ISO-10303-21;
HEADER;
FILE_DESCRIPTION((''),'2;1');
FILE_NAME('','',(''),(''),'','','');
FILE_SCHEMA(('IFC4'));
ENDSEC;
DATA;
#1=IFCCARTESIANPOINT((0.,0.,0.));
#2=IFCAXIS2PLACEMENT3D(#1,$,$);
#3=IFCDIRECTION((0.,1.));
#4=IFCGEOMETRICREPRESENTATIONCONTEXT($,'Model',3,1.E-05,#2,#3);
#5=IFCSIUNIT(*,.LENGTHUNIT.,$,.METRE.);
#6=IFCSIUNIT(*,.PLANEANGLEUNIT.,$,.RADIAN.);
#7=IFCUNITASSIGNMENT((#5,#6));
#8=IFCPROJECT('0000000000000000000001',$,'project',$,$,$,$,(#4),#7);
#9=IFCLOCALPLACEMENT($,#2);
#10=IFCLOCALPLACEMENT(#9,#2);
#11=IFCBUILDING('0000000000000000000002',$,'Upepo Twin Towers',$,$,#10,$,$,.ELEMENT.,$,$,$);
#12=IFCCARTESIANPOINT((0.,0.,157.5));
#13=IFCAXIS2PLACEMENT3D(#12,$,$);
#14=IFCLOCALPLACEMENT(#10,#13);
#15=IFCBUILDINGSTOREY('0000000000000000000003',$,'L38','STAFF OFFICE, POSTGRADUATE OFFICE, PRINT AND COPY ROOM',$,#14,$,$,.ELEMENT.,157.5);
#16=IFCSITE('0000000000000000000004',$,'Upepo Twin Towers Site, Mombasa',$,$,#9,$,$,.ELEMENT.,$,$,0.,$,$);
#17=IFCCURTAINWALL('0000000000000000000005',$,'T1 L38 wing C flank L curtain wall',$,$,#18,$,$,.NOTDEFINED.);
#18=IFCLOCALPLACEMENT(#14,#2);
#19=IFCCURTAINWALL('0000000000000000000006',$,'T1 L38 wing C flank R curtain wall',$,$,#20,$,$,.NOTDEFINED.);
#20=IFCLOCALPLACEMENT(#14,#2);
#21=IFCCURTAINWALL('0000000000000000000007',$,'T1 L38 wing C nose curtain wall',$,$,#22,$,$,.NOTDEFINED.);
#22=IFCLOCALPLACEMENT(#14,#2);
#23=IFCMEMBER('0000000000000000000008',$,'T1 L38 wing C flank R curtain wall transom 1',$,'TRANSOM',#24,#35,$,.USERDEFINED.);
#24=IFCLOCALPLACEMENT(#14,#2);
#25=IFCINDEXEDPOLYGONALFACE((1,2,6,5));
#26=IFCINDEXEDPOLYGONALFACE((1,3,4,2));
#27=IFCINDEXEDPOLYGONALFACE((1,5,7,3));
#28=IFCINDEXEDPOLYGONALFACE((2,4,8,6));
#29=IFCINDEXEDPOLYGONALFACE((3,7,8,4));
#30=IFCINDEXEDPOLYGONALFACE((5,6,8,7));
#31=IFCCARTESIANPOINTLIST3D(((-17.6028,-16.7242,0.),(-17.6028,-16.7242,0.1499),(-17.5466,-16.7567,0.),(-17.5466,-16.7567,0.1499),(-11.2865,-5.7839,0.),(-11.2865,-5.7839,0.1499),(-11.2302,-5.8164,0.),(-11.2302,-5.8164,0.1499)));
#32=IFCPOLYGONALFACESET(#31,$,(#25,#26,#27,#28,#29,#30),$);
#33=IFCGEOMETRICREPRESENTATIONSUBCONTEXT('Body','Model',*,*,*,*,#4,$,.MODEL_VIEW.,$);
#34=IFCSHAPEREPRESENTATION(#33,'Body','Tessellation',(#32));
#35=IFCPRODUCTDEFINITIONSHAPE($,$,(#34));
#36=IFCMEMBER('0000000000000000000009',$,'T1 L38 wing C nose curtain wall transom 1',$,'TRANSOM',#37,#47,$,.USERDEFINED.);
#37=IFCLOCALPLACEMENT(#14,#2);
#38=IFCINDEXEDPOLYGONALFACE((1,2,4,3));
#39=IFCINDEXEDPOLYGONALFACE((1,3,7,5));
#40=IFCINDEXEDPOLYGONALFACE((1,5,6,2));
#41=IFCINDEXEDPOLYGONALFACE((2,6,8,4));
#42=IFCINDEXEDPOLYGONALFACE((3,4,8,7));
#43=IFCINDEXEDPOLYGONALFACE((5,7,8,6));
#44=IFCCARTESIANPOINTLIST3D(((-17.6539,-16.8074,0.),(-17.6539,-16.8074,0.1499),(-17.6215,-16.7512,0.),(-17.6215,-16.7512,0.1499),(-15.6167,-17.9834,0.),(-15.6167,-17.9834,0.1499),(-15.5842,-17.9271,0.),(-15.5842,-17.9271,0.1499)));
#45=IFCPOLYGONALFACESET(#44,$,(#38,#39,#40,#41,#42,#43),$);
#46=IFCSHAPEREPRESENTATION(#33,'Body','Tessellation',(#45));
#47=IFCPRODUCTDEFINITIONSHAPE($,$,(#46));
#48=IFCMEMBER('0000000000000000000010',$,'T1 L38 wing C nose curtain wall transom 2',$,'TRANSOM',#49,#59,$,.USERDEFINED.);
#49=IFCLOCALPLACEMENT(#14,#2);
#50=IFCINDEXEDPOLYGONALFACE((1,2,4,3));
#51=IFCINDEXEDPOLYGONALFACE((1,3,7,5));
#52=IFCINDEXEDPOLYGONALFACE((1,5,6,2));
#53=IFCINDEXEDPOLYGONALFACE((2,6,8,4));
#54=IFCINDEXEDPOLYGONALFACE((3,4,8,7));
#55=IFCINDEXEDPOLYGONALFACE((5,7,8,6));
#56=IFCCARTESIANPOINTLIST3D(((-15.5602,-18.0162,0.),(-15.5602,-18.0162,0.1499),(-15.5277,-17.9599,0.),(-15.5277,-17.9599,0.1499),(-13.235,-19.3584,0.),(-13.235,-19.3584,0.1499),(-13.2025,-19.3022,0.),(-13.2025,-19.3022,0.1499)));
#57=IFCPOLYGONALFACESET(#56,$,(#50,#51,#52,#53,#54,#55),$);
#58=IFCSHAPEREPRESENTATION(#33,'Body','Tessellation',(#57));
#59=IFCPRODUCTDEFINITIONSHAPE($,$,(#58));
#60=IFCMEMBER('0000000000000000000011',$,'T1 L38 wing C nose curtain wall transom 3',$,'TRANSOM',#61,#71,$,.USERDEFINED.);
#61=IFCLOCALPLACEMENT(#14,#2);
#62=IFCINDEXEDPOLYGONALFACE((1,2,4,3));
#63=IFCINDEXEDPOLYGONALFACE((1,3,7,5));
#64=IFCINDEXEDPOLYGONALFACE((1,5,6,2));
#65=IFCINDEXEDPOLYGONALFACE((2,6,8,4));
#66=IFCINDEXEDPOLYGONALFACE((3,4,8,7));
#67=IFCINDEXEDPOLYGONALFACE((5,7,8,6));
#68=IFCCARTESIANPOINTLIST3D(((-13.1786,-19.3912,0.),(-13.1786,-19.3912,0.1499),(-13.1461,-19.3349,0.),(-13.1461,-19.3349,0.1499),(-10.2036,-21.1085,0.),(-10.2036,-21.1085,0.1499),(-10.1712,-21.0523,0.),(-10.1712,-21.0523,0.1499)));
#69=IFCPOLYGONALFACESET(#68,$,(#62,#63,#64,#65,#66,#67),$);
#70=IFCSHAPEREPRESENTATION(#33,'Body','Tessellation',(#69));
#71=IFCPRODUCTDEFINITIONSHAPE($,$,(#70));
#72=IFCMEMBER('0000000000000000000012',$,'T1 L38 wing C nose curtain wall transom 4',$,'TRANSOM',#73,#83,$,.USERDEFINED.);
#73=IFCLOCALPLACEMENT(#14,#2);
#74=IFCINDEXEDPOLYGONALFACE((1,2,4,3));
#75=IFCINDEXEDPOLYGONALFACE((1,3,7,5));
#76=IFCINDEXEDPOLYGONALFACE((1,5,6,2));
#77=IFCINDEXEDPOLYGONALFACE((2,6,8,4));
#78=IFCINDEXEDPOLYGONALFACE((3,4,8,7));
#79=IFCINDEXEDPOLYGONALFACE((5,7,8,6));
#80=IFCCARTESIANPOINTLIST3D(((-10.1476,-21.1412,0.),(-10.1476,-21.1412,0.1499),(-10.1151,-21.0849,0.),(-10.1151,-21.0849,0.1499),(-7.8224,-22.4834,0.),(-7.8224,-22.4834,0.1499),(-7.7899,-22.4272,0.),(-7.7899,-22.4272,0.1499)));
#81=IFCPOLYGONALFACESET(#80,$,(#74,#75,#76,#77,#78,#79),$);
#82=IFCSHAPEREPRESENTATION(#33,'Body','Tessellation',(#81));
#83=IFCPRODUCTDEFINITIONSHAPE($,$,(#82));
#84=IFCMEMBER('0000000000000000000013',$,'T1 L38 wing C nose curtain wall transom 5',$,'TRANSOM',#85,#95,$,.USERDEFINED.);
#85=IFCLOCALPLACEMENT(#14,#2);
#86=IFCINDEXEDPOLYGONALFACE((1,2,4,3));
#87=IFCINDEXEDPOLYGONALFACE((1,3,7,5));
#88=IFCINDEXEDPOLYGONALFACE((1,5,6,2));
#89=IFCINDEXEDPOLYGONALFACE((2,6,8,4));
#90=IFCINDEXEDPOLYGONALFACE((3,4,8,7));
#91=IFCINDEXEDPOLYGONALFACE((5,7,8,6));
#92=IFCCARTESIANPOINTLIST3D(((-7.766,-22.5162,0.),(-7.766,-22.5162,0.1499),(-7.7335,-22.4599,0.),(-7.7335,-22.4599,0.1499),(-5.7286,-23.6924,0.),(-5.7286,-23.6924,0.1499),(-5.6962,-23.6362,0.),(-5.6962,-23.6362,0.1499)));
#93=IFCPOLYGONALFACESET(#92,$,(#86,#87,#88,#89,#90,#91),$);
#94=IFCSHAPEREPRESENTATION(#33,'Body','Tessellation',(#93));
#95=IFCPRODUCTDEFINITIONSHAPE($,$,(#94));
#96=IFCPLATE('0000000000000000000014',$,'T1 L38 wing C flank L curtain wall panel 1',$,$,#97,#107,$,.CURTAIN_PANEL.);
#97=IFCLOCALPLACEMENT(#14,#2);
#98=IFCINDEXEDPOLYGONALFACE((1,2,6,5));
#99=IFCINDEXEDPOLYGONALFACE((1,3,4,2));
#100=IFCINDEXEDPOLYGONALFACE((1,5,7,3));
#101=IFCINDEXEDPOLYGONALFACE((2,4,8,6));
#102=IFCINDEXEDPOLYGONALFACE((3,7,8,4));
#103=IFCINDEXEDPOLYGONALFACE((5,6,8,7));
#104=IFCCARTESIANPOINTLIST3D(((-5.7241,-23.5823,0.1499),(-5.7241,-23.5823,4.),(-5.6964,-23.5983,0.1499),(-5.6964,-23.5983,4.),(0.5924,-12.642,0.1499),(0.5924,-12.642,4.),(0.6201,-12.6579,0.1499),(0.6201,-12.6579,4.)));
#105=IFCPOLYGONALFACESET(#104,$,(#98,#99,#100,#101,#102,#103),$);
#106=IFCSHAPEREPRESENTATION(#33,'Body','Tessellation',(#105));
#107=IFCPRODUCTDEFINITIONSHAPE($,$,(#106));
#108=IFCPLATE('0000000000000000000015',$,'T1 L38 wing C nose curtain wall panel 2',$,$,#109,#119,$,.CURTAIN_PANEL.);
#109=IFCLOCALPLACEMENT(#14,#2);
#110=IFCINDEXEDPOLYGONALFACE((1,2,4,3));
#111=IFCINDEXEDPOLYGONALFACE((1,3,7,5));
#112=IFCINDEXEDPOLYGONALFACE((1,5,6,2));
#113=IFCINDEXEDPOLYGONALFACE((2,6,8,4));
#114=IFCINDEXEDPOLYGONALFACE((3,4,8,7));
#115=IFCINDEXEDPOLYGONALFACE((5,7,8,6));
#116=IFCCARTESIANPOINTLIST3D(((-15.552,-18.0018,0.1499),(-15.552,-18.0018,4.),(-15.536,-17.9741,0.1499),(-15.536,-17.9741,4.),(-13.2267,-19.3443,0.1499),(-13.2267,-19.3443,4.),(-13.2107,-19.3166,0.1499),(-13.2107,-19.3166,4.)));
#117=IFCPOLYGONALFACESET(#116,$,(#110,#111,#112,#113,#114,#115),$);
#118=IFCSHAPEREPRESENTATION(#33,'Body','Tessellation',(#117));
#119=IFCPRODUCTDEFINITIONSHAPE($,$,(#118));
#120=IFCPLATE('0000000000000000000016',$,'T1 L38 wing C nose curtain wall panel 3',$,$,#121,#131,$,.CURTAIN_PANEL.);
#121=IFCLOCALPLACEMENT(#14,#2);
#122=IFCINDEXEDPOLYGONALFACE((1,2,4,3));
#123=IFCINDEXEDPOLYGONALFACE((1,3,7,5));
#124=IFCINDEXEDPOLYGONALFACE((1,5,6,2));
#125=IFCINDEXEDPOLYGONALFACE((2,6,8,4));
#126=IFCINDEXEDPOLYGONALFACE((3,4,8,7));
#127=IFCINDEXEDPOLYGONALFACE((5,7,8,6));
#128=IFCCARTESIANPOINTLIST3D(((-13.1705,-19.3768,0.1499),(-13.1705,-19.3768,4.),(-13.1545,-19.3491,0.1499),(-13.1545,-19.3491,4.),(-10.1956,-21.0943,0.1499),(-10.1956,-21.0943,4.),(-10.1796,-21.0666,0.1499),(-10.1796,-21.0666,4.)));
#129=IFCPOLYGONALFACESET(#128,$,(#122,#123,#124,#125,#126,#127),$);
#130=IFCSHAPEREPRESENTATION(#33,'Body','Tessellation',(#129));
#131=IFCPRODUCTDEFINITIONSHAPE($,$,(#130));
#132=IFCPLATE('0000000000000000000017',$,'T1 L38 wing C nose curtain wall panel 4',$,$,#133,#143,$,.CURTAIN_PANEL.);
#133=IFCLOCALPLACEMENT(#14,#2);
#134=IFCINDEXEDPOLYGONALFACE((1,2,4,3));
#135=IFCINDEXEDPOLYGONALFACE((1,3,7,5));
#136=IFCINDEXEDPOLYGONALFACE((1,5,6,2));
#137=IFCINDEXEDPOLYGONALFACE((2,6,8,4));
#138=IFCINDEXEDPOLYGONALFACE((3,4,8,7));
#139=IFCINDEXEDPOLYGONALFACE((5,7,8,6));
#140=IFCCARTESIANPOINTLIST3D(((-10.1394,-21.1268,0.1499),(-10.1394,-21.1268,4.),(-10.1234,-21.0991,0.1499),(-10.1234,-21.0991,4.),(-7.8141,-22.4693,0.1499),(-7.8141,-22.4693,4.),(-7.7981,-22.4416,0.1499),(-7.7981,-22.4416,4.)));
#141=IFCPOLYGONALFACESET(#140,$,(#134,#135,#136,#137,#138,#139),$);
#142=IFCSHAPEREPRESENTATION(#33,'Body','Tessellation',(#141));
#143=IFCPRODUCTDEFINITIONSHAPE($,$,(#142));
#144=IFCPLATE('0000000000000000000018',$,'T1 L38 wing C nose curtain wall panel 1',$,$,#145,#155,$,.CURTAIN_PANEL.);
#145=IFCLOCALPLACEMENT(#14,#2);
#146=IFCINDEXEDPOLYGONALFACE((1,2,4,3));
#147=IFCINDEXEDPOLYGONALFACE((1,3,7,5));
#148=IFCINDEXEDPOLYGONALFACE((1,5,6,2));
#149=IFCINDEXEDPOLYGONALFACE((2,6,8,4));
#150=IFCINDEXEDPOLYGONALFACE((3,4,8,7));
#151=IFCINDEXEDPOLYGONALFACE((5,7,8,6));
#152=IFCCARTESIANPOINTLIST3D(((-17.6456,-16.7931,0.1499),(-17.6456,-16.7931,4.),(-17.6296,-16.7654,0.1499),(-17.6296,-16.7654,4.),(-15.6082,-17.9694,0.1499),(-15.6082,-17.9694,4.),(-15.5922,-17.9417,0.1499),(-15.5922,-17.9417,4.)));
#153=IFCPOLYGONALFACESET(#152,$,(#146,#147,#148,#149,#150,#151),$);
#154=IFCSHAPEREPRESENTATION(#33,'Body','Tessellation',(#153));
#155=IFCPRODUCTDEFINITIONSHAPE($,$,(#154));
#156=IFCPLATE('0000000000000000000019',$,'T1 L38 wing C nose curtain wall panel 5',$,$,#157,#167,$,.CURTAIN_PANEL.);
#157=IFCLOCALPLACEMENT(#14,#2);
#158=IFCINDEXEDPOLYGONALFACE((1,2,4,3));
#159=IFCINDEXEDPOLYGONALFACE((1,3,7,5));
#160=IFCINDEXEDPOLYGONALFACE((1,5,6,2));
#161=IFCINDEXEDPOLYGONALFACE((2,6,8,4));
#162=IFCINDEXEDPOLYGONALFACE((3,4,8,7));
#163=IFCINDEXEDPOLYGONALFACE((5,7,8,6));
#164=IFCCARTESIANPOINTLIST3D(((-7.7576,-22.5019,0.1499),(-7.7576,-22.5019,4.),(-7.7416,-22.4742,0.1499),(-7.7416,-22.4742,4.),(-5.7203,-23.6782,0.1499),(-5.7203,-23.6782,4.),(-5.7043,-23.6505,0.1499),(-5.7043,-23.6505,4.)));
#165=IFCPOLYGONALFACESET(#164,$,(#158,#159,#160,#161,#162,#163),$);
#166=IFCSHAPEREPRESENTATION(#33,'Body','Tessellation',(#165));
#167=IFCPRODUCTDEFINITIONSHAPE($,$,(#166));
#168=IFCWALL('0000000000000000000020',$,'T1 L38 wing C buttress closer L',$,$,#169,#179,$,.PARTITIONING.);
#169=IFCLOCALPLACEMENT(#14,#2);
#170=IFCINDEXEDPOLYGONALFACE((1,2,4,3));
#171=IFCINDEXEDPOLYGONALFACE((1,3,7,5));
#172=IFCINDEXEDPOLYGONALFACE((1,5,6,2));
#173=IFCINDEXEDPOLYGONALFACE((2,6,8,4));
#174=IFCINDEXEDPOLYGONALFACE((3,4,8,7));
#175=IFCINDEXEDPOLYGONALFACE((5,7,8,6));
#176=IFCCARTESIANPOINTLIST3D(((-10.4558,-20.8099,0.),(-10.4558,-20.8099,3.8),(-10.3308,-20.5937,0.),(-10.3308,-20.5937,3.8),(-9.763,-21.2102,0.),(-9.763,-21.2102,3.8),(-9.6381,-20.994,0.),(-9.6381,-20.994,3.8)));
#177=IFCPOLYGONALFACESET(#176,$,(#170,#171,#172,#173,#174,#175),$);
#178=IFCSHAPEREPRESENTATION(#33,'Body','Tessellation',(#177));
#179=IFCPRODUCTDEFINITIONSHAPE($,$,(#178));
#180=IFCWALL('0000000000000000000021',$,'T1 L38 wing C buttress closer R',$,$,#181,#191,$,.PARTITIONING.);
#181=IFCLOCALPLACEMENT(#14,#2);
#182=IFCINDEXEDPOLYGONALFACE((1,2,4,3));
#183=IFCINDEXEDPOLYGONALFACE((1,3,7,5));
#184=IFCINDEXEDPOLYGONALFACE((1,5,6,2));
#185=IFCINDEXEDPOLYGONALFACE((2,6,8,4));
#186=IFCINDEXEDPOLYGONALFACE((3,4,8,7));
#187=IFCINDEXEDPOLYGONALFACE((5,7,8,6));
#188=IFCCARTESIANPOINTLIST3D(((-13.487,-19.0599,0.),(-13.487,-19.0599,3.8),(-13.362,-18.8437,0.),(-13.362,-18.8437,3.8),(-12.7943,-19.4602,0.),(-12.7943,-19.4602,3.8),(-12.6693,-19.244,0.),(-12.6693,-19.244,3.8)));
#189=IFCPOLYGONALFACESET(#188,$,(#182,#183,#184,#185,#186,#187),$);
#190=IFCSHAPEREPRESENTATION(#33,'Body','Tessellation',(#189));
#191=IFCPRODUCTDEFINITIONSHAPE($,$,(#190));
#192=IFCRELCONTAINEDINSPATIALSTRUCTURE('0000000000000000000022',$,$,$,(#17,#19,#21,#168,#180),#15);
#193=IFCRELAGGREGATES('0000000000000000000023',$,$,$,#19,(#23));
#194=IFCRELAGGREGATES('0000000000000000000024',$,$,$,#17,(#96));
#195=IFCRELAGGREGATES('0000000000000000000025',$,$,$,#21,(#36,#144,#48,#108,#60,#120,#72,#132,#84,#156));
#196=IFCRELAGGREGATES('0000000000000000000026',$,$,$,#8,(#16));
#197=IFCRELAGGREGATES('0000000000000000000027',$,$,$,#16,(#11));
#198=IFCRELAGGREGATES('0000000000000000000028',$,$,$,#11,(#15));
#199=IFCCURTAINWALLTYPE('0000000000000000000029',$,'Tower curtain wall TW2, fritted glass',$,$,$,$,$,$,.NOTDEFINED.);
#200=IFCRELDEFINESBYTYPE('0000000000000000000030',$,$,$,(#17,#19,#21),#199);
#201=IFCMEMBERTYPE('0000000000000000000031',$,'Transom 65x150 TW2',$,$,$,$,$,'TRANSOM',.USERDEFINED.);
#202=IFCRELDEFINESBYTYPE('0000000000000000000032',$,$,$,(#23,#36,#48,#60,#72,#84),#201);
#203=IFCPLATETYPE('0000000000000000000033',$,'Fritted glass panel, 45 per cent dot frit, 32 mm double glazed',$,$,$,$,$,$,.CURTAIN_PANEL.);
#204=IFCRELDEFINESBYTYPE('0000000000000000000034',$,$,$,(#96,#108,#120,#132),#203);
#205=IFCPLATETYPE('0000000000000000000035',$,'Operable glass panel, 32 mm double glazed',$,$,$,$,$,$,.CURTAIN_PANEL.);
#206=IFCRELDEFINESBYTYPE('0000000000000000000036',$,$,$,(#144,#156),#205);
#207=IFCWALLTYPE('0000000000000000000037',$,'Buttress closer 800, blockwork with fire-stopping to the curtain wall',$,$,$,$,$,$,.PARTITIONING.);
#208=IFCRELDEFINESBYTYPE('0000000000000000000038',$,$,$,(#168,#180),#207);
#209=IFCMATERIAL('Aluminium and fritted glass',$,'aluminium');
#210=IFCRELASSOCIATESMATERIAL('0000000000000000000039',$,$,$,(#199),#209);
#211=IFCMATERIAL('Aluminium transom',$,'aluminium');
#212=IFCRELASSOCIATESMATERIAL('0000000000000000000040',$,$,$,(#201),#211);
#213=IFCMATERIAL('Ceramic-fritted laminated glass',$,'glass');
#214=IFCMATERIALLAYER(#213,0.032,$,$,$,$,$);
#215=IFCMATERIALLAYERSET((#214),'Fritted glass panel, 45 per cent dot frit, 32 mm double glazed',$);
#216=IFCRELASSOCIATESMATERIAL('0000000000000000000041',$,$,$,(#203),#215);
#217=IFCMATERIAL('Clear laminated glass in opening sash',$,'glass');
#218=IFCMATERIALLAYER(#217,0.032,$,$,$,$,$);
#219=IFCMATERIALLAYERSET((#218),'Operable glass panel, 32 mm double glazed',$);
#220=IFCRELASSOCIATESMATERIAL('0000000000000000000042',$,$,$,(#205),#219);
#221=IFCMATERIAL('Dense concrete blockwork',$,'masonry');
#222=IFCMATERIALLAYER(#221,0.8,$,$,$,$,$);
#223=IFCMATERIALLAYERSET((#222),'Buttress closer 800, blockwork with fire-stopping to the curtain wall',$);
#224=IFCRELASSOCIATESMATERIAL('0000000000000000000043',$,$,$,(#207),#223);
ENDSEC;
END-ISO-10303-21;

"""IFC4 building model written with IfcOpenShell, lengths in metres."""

from ifc_helpers import new_model, si_unit, direction, frame, frame_2d, origin, origin_2d, place, context, subcontext, project, spatial, rectangle, extrude, material, layer, layer_set, material_profile, profile_set, type_object, element, aggregate, save


model = new_model("IFC4")

# Units and contexts
model_context = context("Model", 3, precision=1e-05, world=origin(), true_north=direction((0.0, 1.0)))
body_context = subcontext(model_context, "Body", "Model", "MODEL_VIEW")
ifc_project = project(units=[si_unit("LENGTHUNIT", "METRE"), si_unit("PLANEANGLEUNIT", "RADIAN")], contexts=[model_context])

# Site, building, storey
site_placement = place(None, origin())
site = spatial("IfcSite", under=ifc_project, at=site_placement, Name="Upepo Twin Towers Site, Mombasa", CompositionType="ELEMENT", RefElevation=0.0)
building_placement = place(site_placement, origin())
building = spatial("IfcBuilding", under=site, at=building_placement, Name="Upepo Twin Towers", CompositionType="ELEMENT")
storey_placement = place(building_placement, frame((0.0, 0.0, 157.5)))
storey = spatial("IfcBuildingStorey", under=building, at=storey_placement, Name="L38", Description="STAFF OFFICE, POSTGRADUATE OFFICE, PRINT AND COPY ROOM", CompositionType="ELEMENT", Elevation=157.5)

# Curtain walls
ifc_material_1 = material(Name="Aluminium and fritted glass", Category="aluminium")
curtain_wall_type = type_object("IfcCurtainWallType", Name="Tower curtain wall TW2, fritted glass", PredefinedType="NOTDEFINED", material=ifc_material_1)
curtain_wall_1_placement = place(storey_placement, origin())
curtain_wall_1 = element("IfcCurtainWall", 1, at=curtain_wall_1_placement, inside=storey, type_object=curtain_wall_type, Name="T1 L38 wing C flank L curtain wall", PredefinedType="NOTDEFINED")
curtain_wall_2_placement = place(storey_placement, origin())
curtain_wall_2 = element("IfcCurtainWall", 2, at=curtain_wall_2_placement, inside=storey, type_object=curtain_wall_type, Name="T1 L38 wing C flank R curtain wall", PredefinedType="NOTDEFINED")

# Curtain wall
curtain_wall_3_placement = place(storey_placement, origin())
curtain_wall_3 = element("IfcCurtainWall", 3, at=curtain_wall_3_placement, inside=storey, type_object=curtain_wall_type, Name="T1 L38 wing C nose curtain wall", PredefinedType="NOTDEFINED")

# Members
ifc_material_2 = material(Name="Aluminium transom", Category="aluminium")
ifc_material_profile_1 = material_profile(ifc_material_2, rectangle(XDim=0.0649, YDim=0.1499, at=origin_2d()), Name="TRANSOM 65x150")
ifc_profile_set_1 = profile_set([ifc_material_profile_1], Name="Aluminium transom")
member_type_1 = type_object("IfcMemberType", Name="Transom 65x150 TW2", ElementType="TRANSOM", PredefinedType="USERDEFINED", material=ifc_profile_set_1)
member_1_placement = place(storey_placement, frame((-17.5747, -16.7405, 0.075), z_axis=(0.499997, 0.866027, 0.0), x_axis=(-0.866027, 0.499997, 0.0)))
member_1 = element("IfcMember", 4, at=member_1_placement, type_object=member_type_1, Name="T1 L38 wing C flank R curtain wall transom 1", ObjectType="TRANSOM", PredefinedType="USERDEFINED", context=body_context, shape_type="SweptSolid", body=[
    extrude(rectangle(XDim=0.0649, YDim=0.1499, at=origin_2d()), origin(), (0.0, 0.0, 1.0), 12.6328),
])
aggregate(curtain_wall_2, [member_1])
member_2_placement = place(storey_placement, frame((-17.6377, -16.7793, 0.075), z_axis=(0.86607, -0.499923, 0.0), x_axis=(0.499923, 0.86607, 0.0)))
member_2 = element("IfcMember", 5, at=member_2_placement, type_object=member_type_1, Name="T1 L38 wing C nose curtain wall transom 1", ObjectType="TRANSOM", PredefinedType="USERDEFINED", context=body_context, shape_type="SweptSolid", body=[
    extrude(rectangle(XDim=0.0649, YDim=0.1499, at=origin_2d()), origin(), (0.0, 0.0, 1.0), 2.3523),
])
member_3_placement = place(storey_placement, frame((-15.5439, -17.988, 0.075), z_axis=(0.866052, -0.499953, 0.0), x_axis=(0.499953, 0.866052, 0.0)))
member_3 = element("IfcMember", 6, at=member_3_placement, type_object=member_type_1, Name="T1 L38 wing C nose curtain wall transom 2", ObjectType="TRANSOM", PredefinedType="USERDEFINED", context=body_context, shape_type="SweptSolid", body=[
    extrude(rectangle(XDim=0.0649, YDim=0.1499, at=origin_2d()), origin(), (0.0, 0.0, 1.0), 2.6848),
])
member_4_placement = place(storey_placement, frame((-13.1624, -19.363, 0.075), z_axis=(0.866057, -0.499946, 0.0), x_axis=(0.499946, 0.866057, 0.0)))
member_4 = element("IfcMember", 7, at=member_4_placement, type_object=member_type_1, Name="T1 L38 wing C nose curtain wall transom 3", ObjectType="TRANSOM", PredefinedType="USERDEFINED", context=body_context, shape_type="SweptSolid", body=[
    extrude(rectangle(XDim=0.0649, YDim=0.1499, at=origin_2d()), origin(), (0.0, 0.0, 1.0), 3.4351),
])
member_5_placement = place(storey_placement, frame((-10.1313, -21.113, 0.075), z_axis=(0.866052, -0.499953, 0.0), x_axis=(0.499953, 0.866052, 0.0)))
member_5 = element("IfcMember", 8, at=member_5_placement, type_object=member_type_1, Name="T1 L38 wing C nose curtain wall transom 4", ObjectType="TRANSOM", PredefinedType="USERDEFINED", context=body_context, shape_type="SweptSolid", body=[
    extrude(rectangle(XDim=0.0649, YDim=0.1499, at=origin_2d()), origin(), (0.0, 0.0, 1.0), 2.6848),
])
member_6_placement = place(storey_placement, frame((-7.7498, -22.488, 0.075), z_axis=(0.866025, -0.500001, 0.0), x_axis=(0.500001, 0.866025, 0.0)))
member_6 = element("IfcMember", 9, at=member_6_placement, type_object=member_type_1, Name="T1 L38 wing C nose curtain wall transom 5", ObjectType="TRANSOM", PredefinedType="USERDEFINED", context=body_context, shape_type="SweptSolid", body=[
    extrude(rectangle(XDim=0.0649, YDim=0.1499, at=origin_2d()), origin(), (0.0, 0.0, 1.0), 2.3525),
])

# Plates
ifc_material_3 = material(Name="Ceramic-fritted laminated glass", Category="glass")
ifc_layer_1 = layer(ifc_material_3, 0.032)
ifc_layer_set_1 = layer_set([ifc_layer_1], Name="Fritted glass panel, 45 per cent dot frit, 32 mm double glazed")
plate_type_1 = type_object("IfcPlateType", Name="Fritted glass panel, 45 per cent dot frit, 32 mm double glazed", PredefinedType="CURTAIN_PANEL", material=ifc_layer_set_1)
plate_1_placement = place(storey_placement, frame((-2.552, -18.1201, 0.1499), z_axis=(0.0, 0.0, 1.0), x_axis=(-0.5, -0.866025, 0.0)))
plate_1 = element("IfcPlate", 10, at=plate_1_placement, type_object=plate_type_1, Name="T1 L38 wing C flank L curtain wall panel 1", PredefinedType="CURTAIN_PANEL", context=body_context, shape_type="SweptSolid", body=[
    extrude(rectangle(XDim=12.6328, YDim=0.032, at=origin_2d()), origin(), (0.0, 0.0, 1.0), 3.8501),
])
aggregate(curtain_wall_1, [plate_1])
plate_2_placement = place(storey_placement, frame((-14.3813, -18.6592, 0.1499), z_axis=(0.0, 0.0, 1.0), x_axis=(0.866025, -0.5, 0.0)))
plate_2 = element("IfcPlate", 11, at=plate_2_placement, type_object=plate_type_1, Name="T1 L38 wing C nose curtain wall panel 2", PredefinedType="CURTAIN_PANEL", context=body_context, shape_type="SweptSolid", body=[
    extrude(rectangle(XDim=2.6851, YDim=0.032, at=origin_2d()), origin(), (0.0, 0.0, 1.0), 3.8501),
])
plate_3_placement = place(storey_placement, frame((-11.675, -20.2217, 0.1499), z_axis=(0.0, 0.0, 1.0), x_axis=(0.866025, -0.5, 0.0)))
plate_3 = element("IfcPlate", 12, at=plate_3_placement, type_object=plate_type_1, Name="T1 L38 wing C nose curtain wall panel 3", PredefinedType="CURTAIN_PANEL", context=body_context, shape_type="SweptSolid", body=[
    extrude(rectangle(XDim=3.4351, YDim=0.032, at=origin_2d()), origin(), (0.0, 0.0, 1.0), 3.8501),
])
plate_4_placement = place(storey_placement, frame((-8.9688, -21.7842, 0.1499), z_axis=(0.0, 0.0, 1.0), x_axis=(0.866025, -0.5, 0.0)))
plate_4 = element("IfcPlate", 13, at=plate_4_placement, type_object=plate_type_1, Name="T1 L38 wing C nose curtain wall panel 4", PredefinedType="CURTAIN_PANEL", context=body_context, shape_type="SweptSolid", body=[
    extrude(rectangle(XDim=2.6851, YDim=0.032, at=origin_2d()), origin(), (0.0, 0.0, 1.0), 3.8501),
])
ifc_material_4 = material(Name="Clear laminated glass in opening sash", Category="glass")
ifc_layer_2 = layer(ifc_material_4, 0.032)
ifc_layer_set_2 = layer_set([ifc_layer_2], Name="Operable glass panel, 32 mm double glazed")
plate_type_2 = type_object("IfcPlateType", Name="Operable glass panel, 32 mm double glazed", PredefinedType="CURTAIN_PANEL", material=ifc_layer_set_2)
plate_5_placement = place(storey_placement, frame((-16.6189, -17.3674, 0.1499), z_axis=(0.0, 0.0, 1.0), x_axis=(0.866025, -0.5, 0.0)))
plate_5 = element("IfcPlate", 14, at=plate_5_placement, type_object=plate_type_2, Name="T1 L38 wing C nose curtain wall panel 1", PredefinedType="CURTAIN_PANEL", context=body_context, shape_type="SweptSolid", body=[
    extrude(rectangle(XDim=2.3525, YDim=0.032, at=origin_2d()), origin(), (0.0, 0.0, 1.0), 3.8501),
])
plate_6_placement = place(storey_placement, frame((-6.731, -23.0762, 0.1499), z_axis=(0.0, 0.0, 1.0), x_axis=(0.866025, -0.5, 0.0)))
plate_6 = element("IfcPlate", 15, at=plate_6_placement, type_object=plate_type_2, Name="T1 L38 wing C nose curtain wall panel 5", PredefinedType="CURTAIN_PANEL", context=body_context, shape_type="SweptSolid", body=[
    extrude(rectangle(XDim=2.3525, YDim=0.032, at=origin_2d()), origin(), (0.0, 0.0, 1.0), 3.8501),
])
aggregate(curtain_wall_3, [member_2, plate_5, member_3, plate_2, member_4, plate_3, member_5, plate_4, member_6, plate_6])

# Walls
ifc_material_5 = material(Name="Dense concrete blockwork", Category="masonry")
ifc_layer_3 = layer(ifc_material_5, 0.8)
ifc_layer_set_3 = layer_set([ifc_layer_3], Name="Buttress closer 800, blockwork with fire-stopping to the curtain wall")
wall_type = type_object("IfcWallType", Name="Buttress closer 800, blockwork with fire-stopping to the curtain wall", PredefinedType="PARTITIONING", material=ifc_layer_set_3)
for number, where, z_axis, x_axis, name in (
    (16, (-9.9844, -20.7937, 0.0), (0.0, 0.0, 1.0), (-0.500343, -0.865827, 0.0), "T1 L38 wing C buttress closer L"),
    (17, (-13.0156, -19.0437, 0.0), (0.0, 0.0, 1.0), (-0.500343, -0.865827, 0.0), "T1 L38 wing C buttress closer R"),
):
    element("IfcWall", number, at=place(storey_placement, frame(where, z_axis=z_axis, x_axis=x_axis)), inside=storey, type_object=wall_type, Name=name, PredefinedType="PARTITIONING", context=body_context, shape_type="SweptSolid", body=[
        extrude(rectangle(XDim=0.2498, YDim=0.8, at=frame_2d((0.125, 0.0))), origin(), (0.0, 0.0, 1.0), 3.8),
    ])

save(model, "model.ifc")
